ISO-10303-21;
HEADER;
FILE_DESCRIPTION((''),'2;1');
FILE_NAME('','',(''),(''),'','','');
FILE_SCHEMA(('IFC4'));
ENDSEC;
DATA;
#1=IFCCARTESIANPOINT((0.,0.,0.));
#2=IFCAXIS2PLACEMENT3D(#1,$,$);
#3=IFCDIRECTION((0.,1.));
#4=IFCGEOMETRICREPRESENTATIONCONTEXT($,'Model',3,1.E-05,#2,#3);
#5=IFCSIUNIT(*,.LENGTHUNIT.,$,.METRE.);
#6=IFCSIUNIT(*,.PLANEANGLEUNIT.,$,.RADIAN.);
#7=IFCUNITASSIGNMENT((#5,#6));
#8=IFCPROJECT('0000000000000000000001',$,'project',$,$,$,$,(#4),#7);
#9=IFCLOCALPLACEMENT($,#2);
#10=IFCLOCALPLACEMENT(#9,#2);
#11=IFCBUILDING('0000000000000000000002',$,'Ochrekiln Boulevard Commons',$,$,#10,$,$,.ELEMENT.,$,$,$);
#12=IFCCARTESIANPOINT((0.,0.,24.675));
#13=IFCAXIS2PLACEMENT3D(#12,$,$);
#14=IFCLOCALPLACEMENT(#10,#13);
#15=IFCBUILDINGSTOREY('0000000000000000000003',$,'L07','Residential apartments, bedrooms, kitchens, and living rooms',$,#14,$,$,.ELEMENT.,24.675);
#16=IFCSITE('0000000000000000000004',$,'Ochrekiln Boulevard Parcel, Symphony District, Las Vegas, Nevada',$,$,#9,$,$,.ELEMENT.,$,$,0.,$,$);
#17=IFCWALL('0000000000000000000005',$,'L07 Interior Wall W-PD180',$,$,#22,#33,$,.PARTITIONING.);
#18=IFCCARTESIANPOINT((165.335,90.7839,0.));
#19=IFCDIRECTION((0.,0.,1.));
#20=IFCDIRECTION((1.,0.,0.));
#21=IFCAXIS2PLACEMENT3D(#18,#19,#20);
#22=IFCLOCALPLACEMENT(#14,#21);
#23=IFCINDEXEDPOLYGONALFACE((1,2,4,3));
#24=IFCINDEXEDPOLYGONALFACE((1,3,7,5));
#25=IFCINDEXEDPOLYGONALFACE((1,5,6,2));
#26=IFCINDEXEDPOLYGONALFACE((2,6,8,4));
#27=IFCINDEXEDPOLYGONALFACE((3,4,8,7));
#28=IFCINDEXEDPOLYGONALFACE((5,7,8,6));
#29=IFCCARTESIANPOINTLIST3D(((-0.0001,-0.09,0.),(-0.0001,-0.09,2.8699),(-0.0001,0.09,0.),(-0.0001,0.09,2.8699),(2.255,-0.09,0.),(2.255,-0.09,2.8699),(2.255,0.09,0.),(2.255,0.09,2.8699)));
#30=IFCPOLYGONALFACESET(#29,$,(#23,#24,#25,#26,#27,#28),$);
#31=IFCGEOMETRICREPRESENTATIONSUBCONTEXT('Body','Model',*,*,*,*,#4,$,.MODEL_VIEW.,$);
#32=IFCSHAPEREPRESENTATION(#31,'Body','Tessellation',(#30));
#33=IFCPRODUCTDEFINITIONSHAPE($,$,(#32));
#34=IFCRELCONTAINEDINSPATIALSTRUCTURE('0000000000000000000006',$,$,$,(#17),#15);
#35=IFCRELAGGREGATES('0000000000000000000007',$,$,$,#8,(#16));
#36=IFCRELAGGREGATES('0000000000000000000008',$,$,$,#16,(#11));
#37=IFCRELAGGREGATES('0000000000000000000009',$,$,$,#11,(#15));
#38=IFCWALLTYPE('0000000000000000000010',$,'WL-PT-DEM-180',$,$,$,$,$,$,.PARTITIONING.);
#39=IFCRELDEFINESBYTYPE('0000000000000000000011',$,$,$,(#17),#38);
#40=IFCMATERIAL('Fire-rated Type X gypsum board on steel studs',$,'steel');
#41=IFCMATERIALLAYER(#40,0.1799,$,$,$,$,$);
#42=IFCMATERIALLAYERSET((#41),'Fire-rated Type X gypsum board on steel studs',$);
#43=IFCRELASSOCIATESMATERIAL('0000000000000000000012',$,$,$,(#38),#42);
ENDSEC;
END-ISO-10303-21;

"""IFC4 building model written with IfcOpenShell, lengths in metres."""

from ifc_helpers import new_model, si_unit, direction, frame, frame_2d, origin, place, context, subcontext, project, spatial, rectangle, extrude, material, layer, layer_set, type_object, element, save


model = new_model("IFC4")

# Units and contexts
model_context = context("Model", 3, precision=1e-05, world=origin(), true_north=direction((0.0, 1.0)))
body_context = subcontext(model_context, "Body", "Model", "MODEL_VIEW")
ifc_project = project(units=[si_unit("LENGTHUNIT", "METRE"), si_unit("PLANEANGLEUNIT", "RADIAN")], contexts=[model_context])

# Site, building, storey
site_placement = place(None, origin())
site = spatial("IfcSite", under=ifc_project, at=site_placement, Name="Ochrekiln Boulevard Parcel, Symphony District, Las Vegas, Nevada", CompositionType="ELEMENT", RefElevation=0.0)
building_placement = place(site_placement, origin())
building = spatial("IfcBuilding", under=site, at=building_placement, Name="Ochrekiln Boulevard Commons", CompositionType="ELEMENT")
storey_placement = place(building_placement, frame((0.0, 0.0, 24.675)))
storey = spatial("IfcBuildingStorey", under=building, at=storey_placement, Name="L07", Description="Residential apartments, bedrooms, kitchens, and living rooms", CompositionType="ELEMENT", Elevation=24.675)

# Shared definitions
ifc_material_1 = material(Name="Fire-rated Type X gypsum board on steel studs", Category="steel")

# Wall
ifc_layer_1 = layer(ifc_material_1, 0.1799)
ifc_layer_set_1 = layer_set([ifc_layer_1], Name="Fire-rated Type X gypsum board on steel studs")
wall_type_1 = type_object("IfcWallType", Name="WL-PT-DEM-180", PredefinedType="PARTITIONING", material=ifc_layer_set_1)
wall_1_placement = place(storey_placement, frame((165.335, 90.7839, 0.0), z_axis=(0.0, 0.0, 1.0), x_axis=(1.0, 0.0, 0.0)))
element("IfcWall", 1, at=wall_1_placement, inside=storey, type_object=wall_type_1, Name="L07 Interior Wall W-PD180", PredefinedType="PARTITIONING", context=body_context, shape_type="SweptSolid", body=[
    extrude(rectangle(XDim=2.2551, YDim=0.1799, at=frame_2d((1.1274, 0.0))), origin(), (0.0, 0.0, 1.0), 2.8699),
])

save(model, "model.ifc")
